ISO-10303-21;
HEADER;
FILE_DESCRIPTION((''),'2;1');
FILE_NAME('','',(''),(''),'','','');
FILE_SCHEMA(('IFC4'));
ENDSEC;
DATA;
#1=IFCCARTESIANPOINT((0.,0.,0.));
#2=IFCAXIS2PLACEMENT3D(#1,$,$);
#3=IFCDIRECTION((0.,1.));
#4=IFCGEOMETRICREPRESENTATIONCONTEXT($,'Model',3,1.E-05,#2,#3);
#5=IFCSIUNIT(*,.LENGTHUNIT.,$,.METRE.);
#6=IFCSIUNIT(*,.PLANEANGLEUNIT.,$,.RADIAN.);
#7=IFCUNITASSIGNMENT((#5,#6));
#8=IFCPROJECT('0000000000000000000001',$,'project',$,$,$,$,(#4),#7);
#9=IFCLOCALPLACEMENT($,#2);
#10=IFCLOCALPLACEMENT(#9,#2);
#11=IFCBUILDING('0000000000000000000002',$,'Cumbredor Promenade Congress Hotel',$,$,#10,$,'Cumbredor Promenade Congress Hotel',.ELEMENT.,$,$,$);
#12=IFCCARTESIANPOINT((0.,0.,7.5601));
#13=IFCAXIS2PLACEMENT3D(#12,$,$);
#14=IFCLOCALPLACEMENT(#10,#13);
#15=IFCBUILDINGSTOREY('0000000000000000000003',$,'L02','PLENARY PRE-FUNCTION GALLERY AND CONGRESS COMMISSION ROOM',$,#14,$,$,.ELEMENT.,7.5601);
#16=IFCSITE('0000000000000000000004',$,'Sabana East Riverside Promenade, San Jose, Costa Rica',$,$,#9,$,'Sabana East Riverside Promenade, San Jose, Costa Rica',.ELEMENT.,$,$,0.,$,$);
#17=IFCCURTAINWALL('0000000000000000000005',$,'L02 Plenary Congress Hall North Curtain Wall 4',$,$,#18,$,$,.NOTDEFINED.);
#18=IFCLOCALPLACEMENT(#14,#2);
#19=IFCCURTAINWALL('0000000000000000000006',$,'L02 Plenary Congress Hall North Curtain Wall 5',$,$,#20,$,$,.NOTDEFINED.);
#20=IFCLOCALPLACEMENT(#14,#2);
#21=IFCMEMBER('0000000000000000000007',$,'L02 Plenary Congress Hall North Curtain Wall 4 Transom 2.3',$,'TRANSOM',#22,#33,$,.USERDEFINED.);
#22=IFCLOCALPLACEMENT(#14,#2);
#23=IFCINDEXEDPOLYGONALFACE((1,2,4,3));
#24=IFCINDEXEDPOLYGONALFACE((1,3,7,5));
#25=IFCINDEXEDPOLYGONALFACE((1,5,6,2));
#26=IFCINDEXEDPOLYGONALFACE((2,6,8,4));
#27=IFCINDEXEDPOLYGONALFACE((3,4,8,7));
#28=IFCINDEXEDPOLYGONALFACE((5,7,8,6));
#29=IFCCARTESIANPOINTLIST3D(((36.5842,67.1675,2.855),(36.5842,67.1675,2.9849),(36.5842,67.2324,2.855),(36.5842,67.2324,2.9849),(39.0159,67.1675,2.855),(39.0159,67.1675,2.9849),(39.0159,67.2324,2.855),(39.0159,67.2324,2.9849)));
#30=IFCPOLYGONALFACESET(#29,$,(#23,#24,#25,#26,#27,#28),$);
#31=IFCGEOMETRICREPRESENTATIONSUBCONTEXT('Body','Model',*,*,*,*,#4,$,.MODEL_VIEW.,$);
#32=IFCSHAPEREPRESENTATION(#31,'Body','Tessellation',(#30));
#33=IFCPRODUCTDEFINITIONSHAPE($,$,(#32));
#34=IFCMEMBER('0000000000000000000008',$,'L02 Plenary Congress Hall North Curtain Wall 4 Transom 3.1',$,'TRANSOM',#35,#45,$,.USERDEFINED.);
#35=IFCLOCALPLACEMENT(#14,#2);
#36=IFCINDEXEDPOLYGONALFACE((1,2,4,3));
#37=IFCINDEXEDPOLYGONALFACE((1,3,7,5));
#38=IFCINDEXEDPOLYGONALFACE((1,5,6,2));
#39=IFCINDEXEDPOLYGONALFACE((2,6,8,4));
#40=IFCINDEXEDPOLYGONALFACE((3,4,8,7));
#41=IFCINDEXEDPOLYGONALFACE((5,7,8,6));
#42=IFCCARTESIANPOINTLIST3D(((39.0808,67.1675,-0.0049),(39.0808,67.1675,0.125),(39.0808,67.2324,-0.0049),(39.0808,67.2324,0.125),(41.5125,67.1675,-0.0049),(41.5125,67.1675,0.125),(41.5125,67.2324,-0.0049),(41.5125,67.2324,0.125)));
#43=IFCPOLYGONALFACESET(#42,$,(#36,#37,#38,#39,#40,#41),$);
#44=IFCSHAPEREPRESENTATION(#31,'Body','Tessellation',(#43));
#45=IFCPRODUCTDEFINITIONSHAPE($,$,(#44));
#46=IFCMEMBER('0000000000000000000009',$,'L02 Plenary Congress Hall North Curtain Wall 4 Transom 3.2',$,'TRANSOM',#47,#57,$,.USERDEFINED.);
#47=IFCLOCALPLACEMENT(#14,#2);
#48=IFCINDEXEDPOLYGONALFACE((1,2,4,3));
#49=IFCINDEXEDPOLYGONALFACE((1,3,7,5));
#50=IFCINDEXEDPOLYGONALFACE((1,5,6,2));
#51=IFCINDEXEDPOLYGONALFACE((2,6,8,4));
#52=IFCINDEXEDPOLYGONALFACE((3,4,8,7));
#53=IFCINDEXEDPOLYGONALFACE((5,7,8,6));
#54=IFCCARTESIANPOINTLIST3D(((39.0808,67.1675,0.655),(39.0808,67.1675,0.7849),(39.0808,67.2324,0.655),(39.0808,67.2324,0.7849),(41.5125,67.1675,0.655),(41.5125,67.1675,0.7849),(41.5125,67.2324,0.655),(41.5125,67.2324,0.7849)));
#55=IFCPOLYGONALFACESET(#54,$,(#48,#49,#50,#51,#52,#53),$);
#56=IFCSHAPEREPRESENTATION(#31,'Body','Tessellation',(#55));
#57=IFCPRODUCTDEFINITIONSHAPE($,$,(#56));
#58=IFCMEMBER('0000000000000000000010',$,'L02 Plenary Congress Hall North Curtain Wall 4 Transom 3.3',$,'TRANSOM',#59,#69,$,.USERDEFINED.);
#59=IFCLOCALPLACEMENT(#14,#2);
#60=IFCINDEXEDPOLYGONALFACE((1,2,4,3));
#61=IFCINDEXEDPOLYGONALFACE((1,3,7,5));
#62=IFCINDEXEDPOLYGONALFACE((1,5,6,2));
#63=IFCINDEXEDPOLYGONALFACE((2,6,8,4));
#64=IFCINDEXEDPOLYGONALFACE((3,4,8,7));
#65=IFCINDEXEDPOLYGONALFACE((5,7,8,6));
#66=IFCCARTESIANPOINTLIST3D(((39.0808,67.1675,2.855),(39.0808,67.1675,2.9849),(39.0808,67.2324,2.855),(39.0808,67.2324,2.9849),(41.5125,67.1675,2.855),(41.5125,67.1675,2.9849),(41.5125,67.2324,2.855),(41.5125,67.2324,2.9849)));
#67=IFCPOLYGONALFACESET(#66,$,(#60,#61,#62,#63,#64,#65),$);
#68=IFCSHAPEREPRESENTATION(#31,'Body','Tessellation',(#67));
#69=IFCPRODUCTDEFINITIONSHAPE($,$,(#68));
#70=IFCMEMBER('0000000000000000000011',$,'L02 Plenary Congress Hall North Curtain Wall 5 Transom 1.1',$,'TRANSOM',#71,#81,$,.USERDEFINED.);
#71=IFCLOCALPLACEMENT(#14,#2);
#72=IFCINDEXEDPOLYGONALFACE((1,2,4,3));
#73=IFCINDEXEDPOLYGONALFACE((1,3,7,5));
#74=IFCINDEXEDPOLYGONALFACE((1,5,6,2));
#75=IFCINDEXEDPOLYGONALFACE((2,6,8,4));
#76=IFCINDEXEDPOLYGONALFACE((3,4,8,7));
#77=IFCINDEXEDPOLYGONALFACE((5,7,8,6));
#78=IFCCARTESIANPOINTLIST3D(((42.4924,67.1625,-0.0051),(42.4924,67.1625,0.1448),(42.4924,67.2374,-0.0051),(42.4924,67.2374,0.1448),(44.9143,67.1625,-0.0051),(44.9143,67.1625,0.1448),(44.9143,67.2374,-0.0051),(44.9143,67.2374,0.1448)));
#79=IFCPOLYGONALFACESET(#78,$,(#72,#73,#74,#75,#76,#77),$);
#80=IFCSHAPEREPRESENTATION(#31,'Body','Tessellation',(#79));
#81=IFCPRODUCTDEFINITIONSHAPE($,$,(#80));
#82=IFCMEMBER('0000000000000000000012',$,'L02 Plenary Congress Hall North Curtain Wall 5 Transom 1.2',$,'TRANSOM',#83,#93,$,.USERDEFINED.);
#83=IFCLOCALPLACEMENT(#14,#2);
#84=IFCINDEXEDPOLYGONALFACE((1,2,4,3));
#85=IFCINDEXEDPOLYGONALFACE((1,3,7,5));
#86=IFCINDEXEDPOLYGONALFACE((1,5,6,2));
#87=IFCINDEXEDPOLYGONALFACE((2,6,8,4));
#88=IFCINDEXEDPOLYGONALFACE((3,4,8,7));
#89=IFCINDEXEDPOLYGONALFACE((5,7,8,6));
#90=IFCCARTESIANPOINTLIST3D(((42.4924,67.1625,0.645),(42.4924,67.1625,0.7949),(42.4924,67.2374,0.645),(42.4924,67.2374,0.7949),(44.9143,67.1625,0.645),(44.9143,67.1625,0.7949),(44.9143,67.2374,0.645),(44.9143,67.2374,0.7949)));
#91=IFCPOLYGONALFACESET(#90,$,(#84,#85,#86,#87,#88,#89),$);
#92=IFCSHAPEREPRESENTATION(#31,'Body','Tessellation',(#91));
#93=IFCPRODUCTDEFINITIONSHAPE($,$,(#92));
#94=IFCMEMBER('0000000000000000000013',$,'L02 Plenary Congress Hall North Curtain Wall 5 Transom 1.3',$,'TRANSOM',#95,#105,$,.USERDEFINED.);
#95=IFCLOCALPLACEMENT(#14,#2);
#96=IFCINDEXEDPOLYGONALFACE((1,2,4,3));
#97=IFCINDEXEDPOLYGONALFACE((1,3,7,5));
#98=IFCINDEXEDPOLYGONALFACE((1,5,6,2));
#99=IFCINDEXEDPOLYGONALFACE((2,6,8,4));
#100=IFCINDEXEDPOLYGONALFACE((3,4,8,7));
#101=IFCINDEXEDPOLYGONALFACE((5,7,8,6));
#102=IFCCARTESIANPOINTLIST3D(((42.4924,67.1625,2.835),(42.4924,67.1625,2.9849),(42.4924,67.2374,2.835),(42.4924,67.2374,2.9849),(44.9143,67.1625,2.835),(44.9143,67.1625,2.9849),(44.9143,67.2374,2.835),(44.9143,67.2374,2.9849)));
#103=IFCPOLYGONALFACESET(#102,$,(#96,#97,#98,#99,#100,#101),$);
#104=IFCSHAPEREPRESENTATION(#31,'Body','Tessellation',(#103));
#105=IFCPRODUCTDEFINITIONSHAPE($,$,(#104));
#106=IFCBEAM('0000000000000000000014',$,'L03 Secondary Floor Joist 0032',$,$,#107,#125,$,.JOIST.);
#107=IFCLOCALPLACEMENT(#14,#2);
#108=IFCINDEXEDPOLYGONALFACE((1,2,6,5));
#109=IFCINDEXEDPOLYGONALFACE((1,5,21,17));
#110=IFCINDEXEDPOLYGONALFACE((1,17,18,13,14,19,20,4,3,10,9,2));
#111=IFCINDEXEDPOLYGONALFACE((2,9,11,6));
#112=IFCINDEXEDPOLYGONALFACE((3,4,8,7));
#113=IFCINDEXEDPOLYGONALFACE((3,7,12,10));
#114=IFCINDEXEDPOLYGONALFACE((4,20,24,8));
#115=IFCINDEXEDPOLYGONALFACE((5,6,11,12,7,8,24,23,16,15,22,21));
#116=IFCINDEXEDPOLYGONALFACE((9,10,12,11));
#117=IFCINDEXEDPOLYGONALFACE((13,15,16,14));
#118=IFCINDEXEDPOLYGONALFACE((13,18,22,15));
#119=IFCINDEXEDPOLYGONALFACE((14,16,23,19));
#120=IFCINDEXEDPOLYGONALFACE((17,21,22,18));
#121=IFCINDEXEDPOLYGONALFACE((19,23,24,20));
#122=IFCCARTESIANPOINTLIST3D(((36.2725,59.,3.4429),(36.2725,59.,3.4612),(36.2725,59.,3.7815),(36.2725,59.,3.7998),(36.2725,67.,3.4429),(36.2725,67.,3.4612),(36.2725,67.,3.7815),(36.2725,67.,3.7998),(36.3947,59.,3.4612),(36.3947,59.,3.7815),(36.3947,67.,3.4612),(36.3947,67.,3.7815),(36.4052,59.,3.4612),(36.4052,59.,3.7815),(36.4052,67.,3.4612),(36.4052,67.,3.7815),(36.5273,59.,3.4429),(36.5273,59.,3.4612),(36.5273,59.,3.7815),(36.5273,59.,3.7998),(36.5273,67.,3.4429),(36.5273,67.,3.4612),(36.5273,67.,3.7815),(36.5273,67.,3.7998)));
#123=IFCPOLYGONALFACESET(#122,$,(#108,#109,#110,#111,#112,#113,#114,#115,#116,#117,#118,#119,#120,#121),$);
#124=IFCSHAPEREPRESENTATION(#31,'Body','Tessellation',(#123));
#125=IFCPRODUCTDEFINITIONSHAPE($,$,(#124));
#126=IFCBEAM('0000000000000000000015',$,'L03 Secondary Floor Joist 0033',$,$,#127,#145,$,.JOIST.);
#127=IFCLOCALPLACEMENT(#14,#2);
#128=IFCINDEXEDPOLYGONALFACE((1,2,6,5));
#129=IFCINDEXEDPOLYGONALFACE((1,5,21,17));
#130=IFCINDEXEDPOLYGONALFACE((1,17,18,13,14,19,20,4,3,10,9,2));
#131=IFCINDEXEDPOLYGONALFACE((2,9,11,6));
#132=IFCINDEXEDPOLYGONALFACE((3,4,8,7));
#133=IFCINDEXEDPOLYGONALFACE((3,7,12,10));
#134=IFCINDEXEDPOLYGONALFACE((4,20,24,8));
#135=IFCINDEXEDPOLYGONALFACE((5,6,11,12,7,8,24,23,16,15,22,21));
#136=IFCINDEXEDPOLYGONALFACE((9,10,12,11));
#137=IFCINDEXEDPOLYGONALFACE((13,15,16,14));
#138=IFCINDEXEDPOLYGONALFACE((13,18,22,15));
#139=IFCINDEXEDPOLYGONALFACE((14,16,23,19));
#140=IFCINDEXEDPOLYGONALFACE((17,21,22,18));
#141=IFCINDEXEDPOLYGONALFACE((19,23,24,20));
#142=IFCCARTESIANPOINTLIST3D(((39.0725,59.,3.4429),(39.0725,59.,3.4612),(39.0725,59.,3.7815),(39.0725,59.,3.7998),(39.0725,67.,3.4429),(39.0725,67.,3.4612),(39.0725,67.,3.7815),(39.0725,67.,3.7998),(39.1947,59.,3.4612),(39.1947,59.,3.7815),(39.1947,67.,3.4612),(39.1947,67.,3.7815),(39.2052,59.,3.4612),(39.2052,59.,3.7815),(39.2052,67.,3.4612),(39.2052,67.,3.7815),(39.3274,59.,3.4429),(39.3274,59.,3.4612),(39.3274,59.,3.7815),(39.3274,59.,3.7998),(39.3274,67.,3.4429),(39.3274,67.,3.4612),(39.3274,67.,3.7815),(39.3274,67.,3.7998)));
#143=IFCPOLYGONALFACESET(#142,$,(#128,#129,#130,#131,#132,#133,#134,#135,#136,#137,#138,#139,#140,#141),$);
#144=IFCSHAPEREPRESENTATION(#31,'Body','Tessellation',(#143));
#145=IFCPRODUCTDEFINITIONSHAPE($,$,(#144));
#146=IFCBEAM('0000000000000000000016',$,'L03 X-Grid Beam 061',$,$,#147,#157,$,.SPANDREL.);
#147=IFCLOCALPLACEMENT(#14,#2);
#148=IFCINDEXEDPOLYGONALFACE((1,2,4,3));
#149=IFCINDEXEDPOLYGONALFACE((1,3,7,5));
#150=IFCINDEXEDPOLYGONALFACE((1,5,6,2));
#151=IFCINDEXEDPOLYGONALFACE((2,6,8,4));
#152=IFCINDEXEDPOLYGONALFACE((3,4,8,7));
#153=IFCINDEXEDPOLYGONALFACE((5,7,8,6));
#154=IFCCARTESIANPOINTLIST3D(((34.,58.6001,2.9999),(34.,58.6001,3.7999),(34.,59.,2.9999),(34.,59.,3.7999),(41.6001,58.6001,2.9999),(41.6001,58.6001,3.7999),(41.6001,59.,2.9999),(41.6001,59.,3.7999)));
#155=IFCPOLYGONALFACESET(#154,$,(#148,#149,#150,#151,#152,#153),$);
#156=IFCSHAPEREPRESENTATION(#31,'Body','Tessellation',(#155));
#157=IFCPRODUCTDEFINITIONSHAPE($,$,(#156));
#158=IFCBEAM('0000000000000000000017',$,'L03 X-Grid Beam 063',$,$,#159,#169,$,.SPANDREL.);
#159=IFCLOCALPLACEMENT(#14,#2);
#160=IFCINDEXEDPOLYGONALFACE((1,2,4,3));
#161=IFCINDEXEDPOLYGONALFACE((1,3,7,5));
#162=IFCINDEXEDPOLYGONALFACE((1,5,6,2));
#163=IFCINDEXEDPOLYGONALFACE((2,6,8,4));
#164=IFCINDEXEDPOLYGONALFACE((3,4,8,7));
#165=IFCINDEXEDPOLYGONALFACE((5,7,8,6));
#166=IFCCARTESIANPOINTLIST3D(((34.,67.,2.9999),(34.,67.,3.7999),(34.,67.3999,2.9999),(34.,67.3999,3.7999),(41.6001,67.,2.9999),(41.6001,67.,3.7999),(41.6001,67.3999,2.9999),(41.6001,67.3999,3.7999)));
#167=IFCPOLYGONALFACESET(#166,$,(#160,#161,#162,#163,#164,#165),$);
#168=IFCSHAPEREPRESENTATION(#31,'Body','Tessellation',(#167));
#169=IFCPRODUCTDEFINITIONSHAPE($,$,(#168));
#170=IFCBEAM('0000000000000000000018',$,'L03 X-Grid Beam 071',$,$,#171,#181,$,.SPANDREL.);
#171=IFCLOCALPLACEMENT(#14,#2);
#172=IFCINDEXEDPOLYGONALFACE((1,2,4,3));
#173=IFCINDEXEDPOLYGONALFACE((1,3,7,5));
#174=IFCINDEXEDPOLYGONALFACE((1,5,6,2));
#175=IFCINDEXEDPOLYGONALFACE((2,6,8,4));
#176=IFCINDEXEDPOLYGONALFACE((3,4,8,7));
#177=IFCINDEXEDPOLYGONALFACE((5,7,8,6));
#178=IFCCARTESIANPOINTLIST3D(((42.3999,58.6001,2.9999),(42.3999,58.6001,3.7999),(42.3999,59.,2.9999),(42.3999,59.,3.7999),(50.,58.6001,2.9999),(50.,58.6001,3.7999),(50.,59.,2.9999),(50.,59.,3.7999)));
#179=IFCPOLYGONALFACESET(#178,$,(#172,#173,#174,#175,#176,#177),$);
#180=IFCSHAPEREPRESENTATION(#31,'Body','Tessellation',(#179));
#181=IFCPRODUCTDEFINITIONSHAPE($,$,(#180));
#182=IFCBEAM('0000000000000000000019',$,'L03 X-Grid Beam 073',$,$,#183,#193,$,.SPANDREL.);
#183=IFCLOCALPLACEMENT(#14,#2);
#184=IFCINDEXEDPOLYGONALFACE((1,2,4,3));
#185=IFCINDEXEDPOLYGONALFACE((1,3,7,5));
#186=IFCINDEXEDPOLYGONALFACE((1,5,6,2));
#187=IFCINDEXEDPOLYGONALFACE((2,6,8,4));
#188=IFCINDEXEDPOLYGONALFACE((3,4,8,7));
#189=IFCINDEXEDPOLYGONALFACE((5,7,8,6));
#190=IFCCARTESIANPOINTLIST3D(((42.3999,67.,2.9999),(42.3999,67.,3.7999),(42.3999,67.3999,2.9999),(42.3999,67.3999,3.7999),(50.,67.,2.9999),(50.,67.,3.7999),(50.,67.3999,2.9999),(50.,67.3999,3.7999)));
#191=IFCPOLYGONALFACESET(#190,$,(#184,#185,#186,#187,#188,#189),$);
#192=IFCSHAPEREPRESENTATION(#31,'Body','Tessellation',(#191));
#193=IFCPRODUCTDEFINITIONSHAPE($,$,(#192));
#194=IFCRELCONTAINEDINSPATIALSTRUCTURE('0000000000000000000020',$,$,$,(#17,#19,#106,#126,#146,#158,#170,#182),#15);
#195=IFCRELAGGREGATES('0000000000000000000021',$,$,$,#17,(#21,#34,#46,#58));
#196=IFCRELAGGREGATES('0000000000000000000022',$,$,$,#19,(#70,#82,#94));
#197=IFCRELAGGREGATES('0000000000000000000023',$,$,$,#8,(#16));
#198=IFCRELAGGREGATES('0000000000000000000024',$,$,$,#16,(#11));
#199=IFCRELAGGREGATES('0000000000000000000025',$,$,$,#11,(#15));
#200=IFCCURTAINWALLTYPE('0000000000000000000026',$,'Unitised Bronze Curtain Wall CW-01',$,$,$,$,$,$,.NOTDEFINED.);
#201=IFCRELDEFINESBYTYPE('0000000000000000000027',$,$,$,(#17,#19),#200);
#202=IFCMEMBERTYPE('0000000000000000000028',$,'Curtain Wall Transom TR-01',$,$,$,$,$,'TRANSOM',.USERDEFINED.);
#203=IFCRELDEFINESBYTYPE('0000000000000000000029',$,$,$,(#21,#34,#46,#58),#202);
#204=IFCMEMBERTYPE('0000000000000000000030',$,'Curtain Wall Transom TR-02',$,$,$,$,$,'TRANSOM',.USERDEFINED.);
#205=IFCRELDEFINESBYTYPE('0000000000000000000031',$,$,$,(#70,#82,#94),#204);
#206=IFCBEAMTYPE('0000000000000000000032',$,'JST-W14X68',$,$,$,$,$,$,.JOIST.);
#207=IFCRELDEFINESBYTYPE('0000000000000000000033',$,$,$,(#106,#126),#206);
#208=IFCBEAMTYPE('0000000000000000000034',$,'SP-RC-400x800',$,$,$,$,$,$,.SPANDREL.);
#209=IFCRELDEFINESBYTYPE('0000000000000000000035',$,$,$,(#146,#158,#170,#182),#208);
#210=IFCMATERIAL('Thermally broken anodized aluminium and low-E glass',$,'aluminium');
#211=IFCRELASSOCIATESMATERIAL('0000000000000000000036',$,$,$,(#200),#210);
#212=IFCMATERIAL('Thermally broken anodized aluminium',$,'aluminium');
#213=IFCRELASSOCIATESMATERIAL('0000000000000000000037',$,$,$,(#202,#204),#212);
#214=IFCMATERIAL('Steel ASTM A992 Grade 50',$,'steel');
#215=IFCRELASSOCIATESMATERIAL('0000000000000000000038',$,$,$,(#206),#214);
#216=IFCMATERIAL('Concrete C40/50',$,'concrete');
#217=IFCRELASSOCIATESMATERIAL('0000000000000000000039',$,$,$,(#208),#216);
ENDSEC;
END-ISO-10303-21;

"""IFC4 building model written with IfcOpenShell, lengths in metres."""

from ifc_helpers import new_model, si_unit, direction, frame, origin, origin_2d, place, context, subcontext, project, spatial, rectangle, i_section, extrude, material, material_profile, profile_set, type_object, element, aggregate, save


model = new_model("IFC4")

# Units and contexts
model_context = context("Model", 3, precision=1e-05, world=origin(), true_north=direction((0.0, 1.0)))
body_context = subcontext(model_context, "Body", "Model", "MODEL_VIEW")
ifc_project = project(units=[si_unit("LENGTHUNIT", "METRE"), si_unit("PLANEANGLEUNIT", "RADIAN")], contexts=[model_context])

# Site, building, storey
site_placement = place(None, origin())
site = spatial("IfcSite", under=ifc_project, at=site_placement, Name="Sabana East Riverside Promenade, San Jose, Costa Rica", LongName="Sabana East Riverside Promenade, San Jose, Costa Rica", CompositionType="ELEMENT", RefElevation=0.0)
building_placement = place(site_placement, origin())
building = spatial("IfcBuilding", under=site, at=building_placement, Name="Cumbredor Promenade Congress Hotel", LongName="Cumbredor Promenade Congress Hotel", CompositionType="ELEMENT")
storey_placement = place(building_placement, frame((0.0, 0.0, 7.5601)))
storey = spatial("IfcBuildingStorey", under=building, at=storey_placement, Name="L02", Description="PLENARY PRE-FUNCTION GALLERY AND CONGRESS COMMISSION ROOM", CompositionType="ELEMENT", Elevation=7.5601)

# Shared definitions
ifc_material_1 = material(Name="Concrete C40/50", Category="concrete")

# Curtain wall
ifc_material_2 = material(Name="Thermally broken anodized aluminium and low-E glass", Category="aluminium")
curtain_wall_type = type_object("IfcCurtainWallType", Name="Unitised Bronze Curtain Wall CW-01", PredefinedType="NOTDEFINED", material=ifc_material_2)
curtain_wall_1_placement = place(storey_placement, origin())
curtain_wall_1 = element("IfcCurtainWall", 1, at=curtain_wall_1_placement, inside=storey, type_object=curtain_wall_type, Name="L02 Plenary Congress Hall North Curtain Wall 4", PredefinedType="NOTDEFINED")
ifc_material_3 = material(Name="Thermally broken anodized aluminium", Category="aluminium")

# Curtain wall
curtain_wall_2_placement = place(storey_placement, origin())
curtain_wall_2 = element("IfcCurtainWall", 2, at=curtain_wall_2_placement, inside=storey, type_object=curtain_wall_type, Name="L02 Plenary Congress Hall North Curtain Wall 5", PredefinedType="NOTDEFINED")

# Members
ifc_material_profile_1 = material_profile(ifc_material_3, rectangle(XDim=0.0649, YDim=0.1299, at=origin_2d()), Name="ALU TRANSOM 65x130")
ifc_profile_set_1 = profile_set([ifc_material_profile_1], Name="Thermally broken anodized aluminium")
member_type_1 = type_object("IfcMemberType", Name="Curtain Wall Transom TR-01", ElementType="TRANSOM", PredefinedType="USERDEFINED", material=ifc_profile_set_1)
member_1_placement = place(storey_placement, frame((36.5842, 67.2, 2.9199), z_axis=(1.0, 0.0, 0.0), x_axis=(0.0, 1.0, 0.0)))
member_1 = element("IfcMember", 3, at=member_1_placement, type_object=member_type_1, Name="L02 Plenary Congress Hall North Curtain Wall 4 Transom 2.3", ObjectType="TRANSOM", PredefinedType="USERDEFINED", context=body_context, shape_type="SweptSolid", body=[
    extrude(rectangle(XDim=0.0649, YDim=0.1299, at=origin_2d()), origin(), (0.0, 0.0, 1.0), 2.4316),
])
member_2_placement = place(storey_placement, frame((39.0808, 67.2, 0.0601), z_axis=(1.0, 0.0, 0.0), x_axis=(0.0, 1.0, 0.0)))
member_2 = element("IfcMember", 4, at=member_2_placement, type_object=member_type_1, Name="L02 Plenary Congress Hall North Curtain Wall 4 Transom 3.1", ObjectType="TRANSOM", PredefinedType="USERDEFINED", context=body_context, shape_type="SweptSolid", body=[
    extrude(rectangle(XDim=0.0649, YDim=0.1299, at=origin_2d()), origin(), (0.0, 0.0, 1.0), 2.4316),
])
member_3_placement = place(storey_placement, frame((39.0808, 67.2, 0.72), z_axis=(1.0, 0.0, 0.0), x_axis=(0.0, 1.0, 0.0)))
member_3 = element("IfcMember", 5, at=member_3_placement, type_object=member_type_1, Name="L02 Plenary Congress Hall North Curtain Wall 4 Transom 3.2", ObjectType="TRANSOM", PredefinedType="USERDEFINED", context=body_context, shape_type="SweptSolid", body=[
    extrude(rectangle(XDim=0.0649, YDim=0.1299, at=origin_2d()), origin(), (0.0, 0.0, 1.0), 2.4316),
])
member_4_placement = place(storey_placement, frame((39.0808, 67.2, 2.9199), z_axis=(1.0, 0.0, 0.0), x_axis=(0.0, 1.0, 0.0)))
member_4 = element("IfcMember", 6, at=member_4_placement, type_object=member_type_1, Name="L02 Plenary Congress Hall North Curtain Wall 4 Transom 3.3", ObjectType="TRANSOM", PredefinedType="USERDEFINED", context=body_context, shape_type="SweptSolid", body=[
    extrude(rectangle(XDim=0.0649, YDim=0.1299, at=origin_2d()), origin(), (0.0, 0.0, 1.0), 2.4316),
])
ifc_material_profile_2 = material_profile(ifc_material_3, rectangle(XDim=0.075, YDim=0.1499, at=origin_2d()), Name="ALU TRANSOM 75x150")
ifc_profile_set_2 = profile_set([ifc_material_profile_2], Name="Thermally broken anodized aluminium")
member_type_2 = type_object("IfcMemberType", Name="Curtain Wall Transom TR-02", ElementType="TRANSOM", PredefinedType="USERDEFINED", material=ifc_profile_set_2)
member_5_placement = place(storey_placement, frame((42.4924, 67.2, 0.0698), z_axis=(1.0, 0.0, 0.0), x_axis=(0.0, 1.0, 0.0)))
member_5 = element("IfcMember", 7, at=member_5_placement, type_object=member_type_2, Name="L02 Plenary Congress Hall North Curtain Wall 5 Transom 1.1", ObjectType="TRANSOM", PredefinedType="USERDEFINED", context=body_context, shape_type="SweptSolid", body=[
    extrude(rectangle(XDim=0.075, YDim=0.1499, at=origin_2d()), origin(), (0.0, 0.0, 1.0), 2.4219),
])
member_6_placement = place(storey_placement, frame((42.4924, 67.2, 0.72), z_axis=(1.0, 0.0, 0.0), x_axis=(0.0, 1.0, 0.0)))
member_6 = element("IfcMember", 8, at=member_6_placement, type_object=member_type_2, Name="L02 Plenary Congress Hall North Curtain Wall 5 Transom 1.2", ObjectType="TRANSOM", PredefinedType="USERDEFINED", context=body_context, shape_type="SweptSolid", body=[
    extrude(rectangle(XDim=0.075, YDim=0.1499, at=origin_2d()), origin(), (0.0, 0.0, 1.0), 2.4219),
])
member_7_placement = place(storey_placement, frame((42.4924, 67.2, 2.9099), z_axis=(1.0, 0.0, 0.0), x_axis=(0.0, 1.0, 0.0)))
member_7 = element("IfcMember", 9, at=member_7_placement, type_object=member_type_2, Name="L02 Plenary Congress Hall North Curtain Wall 5 Transom 1.3", ObjectType="TRANSOM", PredefinedType="USERDEFINED", context=body_context, shape_type="SweptSolid", body=[
    extrude(rectangle(XDim=0.075, YDim=0.1499, at=origin_2d()), origin(), (0.0, 0.0, 1.0), 2.4219),
])

# Beams
ifc_material_4 = material(Name="Steel ASTM A992 Grade 50", Category="steel")
ifc_material_profile_3 = material_profile(ifc_material_4, i_section(OverallWidth=0.2549, OverallDepth=0.3569, WebThickness=0.0105, FlangeThickness=0.0183, at=origin_2d()), Name="W14X68")
ifc_profile_set_3 = profile_set([ifc_material_profile_3], Name="Steel ASTM A992 Grade 50")
beam_type_1 = type_object("IfcBeamType", Name="JST-W14X68", PredefinedType="JOIST", material=ifc_profile_set_3)
for number, where, z_axis, x_axis, name in (
    (10, (36.3999, 59.0, 3.6213), (0.0, 1.0, 0.0), (-1.0, 0.0, 0.0), "L03 Secondary Floor Joist 0032"),
    (11, (39.2, 59.0, 3.6213), (0.0, 1.0, 0.0), (-1.0, 0.0, 0.0), "L03 Secondary Floor Joist 0033"),
):
    element("IfcBeam", number, at=place(storey_placement, frame(where, z_axis=z_axis, x_axis=x_axis)), inside=storey, type_object=beam_type_1, Name=name, PredefinedType="JOIST", context=body_context, shape_type="SweptSolid", body=[
        extrude(i_section(OverallWidth=0.2549, OverallDepth=0.3569, WebThickness=0.0105, FlangeThickness=0.0183, at=origin_2d()), origin(), (0.0, 0.0, 1.0), 8.0),
    ])
ifc_material_profile_4 = material_profile(ifc_material_1, rectangle(XDim=0.3999, YDim=0.8, at=origin_2d()), Name="RC SPANDREL 400x800")
ifc_profile_set_4 = profile_set([ifc_material_profile_4], Name="Concrete C40/50")
beam_type_2 = type_object("IfcBeamType", Name="SP-RC-400x800", PredefinedType="SPANDREL", material=ifc_profile_set_4)
for number, where, z_axis, x_axis, name in (
    (12, (34.0, 58.8, 3.3999), (1.0, 0.0, 0.0), (0.0, 1.0, 0.0), "L03 X-Grid Beam 061"),
    (13, (34.0, 67.2, 3.3999), (1.0, 0.0, 0.0), (0.0, 1.0, 0.0), "L03 X-Grid Beam 063"),
    (14, (42.3999, 58.8, 3.3999), (1.0, 0.0, 0.0), (0.0, 1.0, 0.0), "L03 X-Grid Beam 071"),
    (15, (42.3999, 67.2, 3.3999), (1.0, 0.0, 0.0), (0.0, 1.0, 0.0), "L03 X-Grid Beam 073"),
):
    element("IfcBeam", number, at=place(storey_placement, frame(where, z_axis=z_axis, x_axis=x_axis)), inside=storey, type_object=beam_type_2, Name=name, PredefinedType="SPANDREL", context=body_context, shape_type="SweptSolid", body=[
        extrude(rectangle(XDim=0.3999, YDim=0.8, at=origin_2d()), origin(), (0.0, 0.0, 1.0), 7.6001),
    ])

aggregate(curtain_wall_1, [member_1, member_2, member_3, member_4])
aggregate(curtain_wall_2, [member_5, member_6, member_7])

save(model, "model.ifc")
